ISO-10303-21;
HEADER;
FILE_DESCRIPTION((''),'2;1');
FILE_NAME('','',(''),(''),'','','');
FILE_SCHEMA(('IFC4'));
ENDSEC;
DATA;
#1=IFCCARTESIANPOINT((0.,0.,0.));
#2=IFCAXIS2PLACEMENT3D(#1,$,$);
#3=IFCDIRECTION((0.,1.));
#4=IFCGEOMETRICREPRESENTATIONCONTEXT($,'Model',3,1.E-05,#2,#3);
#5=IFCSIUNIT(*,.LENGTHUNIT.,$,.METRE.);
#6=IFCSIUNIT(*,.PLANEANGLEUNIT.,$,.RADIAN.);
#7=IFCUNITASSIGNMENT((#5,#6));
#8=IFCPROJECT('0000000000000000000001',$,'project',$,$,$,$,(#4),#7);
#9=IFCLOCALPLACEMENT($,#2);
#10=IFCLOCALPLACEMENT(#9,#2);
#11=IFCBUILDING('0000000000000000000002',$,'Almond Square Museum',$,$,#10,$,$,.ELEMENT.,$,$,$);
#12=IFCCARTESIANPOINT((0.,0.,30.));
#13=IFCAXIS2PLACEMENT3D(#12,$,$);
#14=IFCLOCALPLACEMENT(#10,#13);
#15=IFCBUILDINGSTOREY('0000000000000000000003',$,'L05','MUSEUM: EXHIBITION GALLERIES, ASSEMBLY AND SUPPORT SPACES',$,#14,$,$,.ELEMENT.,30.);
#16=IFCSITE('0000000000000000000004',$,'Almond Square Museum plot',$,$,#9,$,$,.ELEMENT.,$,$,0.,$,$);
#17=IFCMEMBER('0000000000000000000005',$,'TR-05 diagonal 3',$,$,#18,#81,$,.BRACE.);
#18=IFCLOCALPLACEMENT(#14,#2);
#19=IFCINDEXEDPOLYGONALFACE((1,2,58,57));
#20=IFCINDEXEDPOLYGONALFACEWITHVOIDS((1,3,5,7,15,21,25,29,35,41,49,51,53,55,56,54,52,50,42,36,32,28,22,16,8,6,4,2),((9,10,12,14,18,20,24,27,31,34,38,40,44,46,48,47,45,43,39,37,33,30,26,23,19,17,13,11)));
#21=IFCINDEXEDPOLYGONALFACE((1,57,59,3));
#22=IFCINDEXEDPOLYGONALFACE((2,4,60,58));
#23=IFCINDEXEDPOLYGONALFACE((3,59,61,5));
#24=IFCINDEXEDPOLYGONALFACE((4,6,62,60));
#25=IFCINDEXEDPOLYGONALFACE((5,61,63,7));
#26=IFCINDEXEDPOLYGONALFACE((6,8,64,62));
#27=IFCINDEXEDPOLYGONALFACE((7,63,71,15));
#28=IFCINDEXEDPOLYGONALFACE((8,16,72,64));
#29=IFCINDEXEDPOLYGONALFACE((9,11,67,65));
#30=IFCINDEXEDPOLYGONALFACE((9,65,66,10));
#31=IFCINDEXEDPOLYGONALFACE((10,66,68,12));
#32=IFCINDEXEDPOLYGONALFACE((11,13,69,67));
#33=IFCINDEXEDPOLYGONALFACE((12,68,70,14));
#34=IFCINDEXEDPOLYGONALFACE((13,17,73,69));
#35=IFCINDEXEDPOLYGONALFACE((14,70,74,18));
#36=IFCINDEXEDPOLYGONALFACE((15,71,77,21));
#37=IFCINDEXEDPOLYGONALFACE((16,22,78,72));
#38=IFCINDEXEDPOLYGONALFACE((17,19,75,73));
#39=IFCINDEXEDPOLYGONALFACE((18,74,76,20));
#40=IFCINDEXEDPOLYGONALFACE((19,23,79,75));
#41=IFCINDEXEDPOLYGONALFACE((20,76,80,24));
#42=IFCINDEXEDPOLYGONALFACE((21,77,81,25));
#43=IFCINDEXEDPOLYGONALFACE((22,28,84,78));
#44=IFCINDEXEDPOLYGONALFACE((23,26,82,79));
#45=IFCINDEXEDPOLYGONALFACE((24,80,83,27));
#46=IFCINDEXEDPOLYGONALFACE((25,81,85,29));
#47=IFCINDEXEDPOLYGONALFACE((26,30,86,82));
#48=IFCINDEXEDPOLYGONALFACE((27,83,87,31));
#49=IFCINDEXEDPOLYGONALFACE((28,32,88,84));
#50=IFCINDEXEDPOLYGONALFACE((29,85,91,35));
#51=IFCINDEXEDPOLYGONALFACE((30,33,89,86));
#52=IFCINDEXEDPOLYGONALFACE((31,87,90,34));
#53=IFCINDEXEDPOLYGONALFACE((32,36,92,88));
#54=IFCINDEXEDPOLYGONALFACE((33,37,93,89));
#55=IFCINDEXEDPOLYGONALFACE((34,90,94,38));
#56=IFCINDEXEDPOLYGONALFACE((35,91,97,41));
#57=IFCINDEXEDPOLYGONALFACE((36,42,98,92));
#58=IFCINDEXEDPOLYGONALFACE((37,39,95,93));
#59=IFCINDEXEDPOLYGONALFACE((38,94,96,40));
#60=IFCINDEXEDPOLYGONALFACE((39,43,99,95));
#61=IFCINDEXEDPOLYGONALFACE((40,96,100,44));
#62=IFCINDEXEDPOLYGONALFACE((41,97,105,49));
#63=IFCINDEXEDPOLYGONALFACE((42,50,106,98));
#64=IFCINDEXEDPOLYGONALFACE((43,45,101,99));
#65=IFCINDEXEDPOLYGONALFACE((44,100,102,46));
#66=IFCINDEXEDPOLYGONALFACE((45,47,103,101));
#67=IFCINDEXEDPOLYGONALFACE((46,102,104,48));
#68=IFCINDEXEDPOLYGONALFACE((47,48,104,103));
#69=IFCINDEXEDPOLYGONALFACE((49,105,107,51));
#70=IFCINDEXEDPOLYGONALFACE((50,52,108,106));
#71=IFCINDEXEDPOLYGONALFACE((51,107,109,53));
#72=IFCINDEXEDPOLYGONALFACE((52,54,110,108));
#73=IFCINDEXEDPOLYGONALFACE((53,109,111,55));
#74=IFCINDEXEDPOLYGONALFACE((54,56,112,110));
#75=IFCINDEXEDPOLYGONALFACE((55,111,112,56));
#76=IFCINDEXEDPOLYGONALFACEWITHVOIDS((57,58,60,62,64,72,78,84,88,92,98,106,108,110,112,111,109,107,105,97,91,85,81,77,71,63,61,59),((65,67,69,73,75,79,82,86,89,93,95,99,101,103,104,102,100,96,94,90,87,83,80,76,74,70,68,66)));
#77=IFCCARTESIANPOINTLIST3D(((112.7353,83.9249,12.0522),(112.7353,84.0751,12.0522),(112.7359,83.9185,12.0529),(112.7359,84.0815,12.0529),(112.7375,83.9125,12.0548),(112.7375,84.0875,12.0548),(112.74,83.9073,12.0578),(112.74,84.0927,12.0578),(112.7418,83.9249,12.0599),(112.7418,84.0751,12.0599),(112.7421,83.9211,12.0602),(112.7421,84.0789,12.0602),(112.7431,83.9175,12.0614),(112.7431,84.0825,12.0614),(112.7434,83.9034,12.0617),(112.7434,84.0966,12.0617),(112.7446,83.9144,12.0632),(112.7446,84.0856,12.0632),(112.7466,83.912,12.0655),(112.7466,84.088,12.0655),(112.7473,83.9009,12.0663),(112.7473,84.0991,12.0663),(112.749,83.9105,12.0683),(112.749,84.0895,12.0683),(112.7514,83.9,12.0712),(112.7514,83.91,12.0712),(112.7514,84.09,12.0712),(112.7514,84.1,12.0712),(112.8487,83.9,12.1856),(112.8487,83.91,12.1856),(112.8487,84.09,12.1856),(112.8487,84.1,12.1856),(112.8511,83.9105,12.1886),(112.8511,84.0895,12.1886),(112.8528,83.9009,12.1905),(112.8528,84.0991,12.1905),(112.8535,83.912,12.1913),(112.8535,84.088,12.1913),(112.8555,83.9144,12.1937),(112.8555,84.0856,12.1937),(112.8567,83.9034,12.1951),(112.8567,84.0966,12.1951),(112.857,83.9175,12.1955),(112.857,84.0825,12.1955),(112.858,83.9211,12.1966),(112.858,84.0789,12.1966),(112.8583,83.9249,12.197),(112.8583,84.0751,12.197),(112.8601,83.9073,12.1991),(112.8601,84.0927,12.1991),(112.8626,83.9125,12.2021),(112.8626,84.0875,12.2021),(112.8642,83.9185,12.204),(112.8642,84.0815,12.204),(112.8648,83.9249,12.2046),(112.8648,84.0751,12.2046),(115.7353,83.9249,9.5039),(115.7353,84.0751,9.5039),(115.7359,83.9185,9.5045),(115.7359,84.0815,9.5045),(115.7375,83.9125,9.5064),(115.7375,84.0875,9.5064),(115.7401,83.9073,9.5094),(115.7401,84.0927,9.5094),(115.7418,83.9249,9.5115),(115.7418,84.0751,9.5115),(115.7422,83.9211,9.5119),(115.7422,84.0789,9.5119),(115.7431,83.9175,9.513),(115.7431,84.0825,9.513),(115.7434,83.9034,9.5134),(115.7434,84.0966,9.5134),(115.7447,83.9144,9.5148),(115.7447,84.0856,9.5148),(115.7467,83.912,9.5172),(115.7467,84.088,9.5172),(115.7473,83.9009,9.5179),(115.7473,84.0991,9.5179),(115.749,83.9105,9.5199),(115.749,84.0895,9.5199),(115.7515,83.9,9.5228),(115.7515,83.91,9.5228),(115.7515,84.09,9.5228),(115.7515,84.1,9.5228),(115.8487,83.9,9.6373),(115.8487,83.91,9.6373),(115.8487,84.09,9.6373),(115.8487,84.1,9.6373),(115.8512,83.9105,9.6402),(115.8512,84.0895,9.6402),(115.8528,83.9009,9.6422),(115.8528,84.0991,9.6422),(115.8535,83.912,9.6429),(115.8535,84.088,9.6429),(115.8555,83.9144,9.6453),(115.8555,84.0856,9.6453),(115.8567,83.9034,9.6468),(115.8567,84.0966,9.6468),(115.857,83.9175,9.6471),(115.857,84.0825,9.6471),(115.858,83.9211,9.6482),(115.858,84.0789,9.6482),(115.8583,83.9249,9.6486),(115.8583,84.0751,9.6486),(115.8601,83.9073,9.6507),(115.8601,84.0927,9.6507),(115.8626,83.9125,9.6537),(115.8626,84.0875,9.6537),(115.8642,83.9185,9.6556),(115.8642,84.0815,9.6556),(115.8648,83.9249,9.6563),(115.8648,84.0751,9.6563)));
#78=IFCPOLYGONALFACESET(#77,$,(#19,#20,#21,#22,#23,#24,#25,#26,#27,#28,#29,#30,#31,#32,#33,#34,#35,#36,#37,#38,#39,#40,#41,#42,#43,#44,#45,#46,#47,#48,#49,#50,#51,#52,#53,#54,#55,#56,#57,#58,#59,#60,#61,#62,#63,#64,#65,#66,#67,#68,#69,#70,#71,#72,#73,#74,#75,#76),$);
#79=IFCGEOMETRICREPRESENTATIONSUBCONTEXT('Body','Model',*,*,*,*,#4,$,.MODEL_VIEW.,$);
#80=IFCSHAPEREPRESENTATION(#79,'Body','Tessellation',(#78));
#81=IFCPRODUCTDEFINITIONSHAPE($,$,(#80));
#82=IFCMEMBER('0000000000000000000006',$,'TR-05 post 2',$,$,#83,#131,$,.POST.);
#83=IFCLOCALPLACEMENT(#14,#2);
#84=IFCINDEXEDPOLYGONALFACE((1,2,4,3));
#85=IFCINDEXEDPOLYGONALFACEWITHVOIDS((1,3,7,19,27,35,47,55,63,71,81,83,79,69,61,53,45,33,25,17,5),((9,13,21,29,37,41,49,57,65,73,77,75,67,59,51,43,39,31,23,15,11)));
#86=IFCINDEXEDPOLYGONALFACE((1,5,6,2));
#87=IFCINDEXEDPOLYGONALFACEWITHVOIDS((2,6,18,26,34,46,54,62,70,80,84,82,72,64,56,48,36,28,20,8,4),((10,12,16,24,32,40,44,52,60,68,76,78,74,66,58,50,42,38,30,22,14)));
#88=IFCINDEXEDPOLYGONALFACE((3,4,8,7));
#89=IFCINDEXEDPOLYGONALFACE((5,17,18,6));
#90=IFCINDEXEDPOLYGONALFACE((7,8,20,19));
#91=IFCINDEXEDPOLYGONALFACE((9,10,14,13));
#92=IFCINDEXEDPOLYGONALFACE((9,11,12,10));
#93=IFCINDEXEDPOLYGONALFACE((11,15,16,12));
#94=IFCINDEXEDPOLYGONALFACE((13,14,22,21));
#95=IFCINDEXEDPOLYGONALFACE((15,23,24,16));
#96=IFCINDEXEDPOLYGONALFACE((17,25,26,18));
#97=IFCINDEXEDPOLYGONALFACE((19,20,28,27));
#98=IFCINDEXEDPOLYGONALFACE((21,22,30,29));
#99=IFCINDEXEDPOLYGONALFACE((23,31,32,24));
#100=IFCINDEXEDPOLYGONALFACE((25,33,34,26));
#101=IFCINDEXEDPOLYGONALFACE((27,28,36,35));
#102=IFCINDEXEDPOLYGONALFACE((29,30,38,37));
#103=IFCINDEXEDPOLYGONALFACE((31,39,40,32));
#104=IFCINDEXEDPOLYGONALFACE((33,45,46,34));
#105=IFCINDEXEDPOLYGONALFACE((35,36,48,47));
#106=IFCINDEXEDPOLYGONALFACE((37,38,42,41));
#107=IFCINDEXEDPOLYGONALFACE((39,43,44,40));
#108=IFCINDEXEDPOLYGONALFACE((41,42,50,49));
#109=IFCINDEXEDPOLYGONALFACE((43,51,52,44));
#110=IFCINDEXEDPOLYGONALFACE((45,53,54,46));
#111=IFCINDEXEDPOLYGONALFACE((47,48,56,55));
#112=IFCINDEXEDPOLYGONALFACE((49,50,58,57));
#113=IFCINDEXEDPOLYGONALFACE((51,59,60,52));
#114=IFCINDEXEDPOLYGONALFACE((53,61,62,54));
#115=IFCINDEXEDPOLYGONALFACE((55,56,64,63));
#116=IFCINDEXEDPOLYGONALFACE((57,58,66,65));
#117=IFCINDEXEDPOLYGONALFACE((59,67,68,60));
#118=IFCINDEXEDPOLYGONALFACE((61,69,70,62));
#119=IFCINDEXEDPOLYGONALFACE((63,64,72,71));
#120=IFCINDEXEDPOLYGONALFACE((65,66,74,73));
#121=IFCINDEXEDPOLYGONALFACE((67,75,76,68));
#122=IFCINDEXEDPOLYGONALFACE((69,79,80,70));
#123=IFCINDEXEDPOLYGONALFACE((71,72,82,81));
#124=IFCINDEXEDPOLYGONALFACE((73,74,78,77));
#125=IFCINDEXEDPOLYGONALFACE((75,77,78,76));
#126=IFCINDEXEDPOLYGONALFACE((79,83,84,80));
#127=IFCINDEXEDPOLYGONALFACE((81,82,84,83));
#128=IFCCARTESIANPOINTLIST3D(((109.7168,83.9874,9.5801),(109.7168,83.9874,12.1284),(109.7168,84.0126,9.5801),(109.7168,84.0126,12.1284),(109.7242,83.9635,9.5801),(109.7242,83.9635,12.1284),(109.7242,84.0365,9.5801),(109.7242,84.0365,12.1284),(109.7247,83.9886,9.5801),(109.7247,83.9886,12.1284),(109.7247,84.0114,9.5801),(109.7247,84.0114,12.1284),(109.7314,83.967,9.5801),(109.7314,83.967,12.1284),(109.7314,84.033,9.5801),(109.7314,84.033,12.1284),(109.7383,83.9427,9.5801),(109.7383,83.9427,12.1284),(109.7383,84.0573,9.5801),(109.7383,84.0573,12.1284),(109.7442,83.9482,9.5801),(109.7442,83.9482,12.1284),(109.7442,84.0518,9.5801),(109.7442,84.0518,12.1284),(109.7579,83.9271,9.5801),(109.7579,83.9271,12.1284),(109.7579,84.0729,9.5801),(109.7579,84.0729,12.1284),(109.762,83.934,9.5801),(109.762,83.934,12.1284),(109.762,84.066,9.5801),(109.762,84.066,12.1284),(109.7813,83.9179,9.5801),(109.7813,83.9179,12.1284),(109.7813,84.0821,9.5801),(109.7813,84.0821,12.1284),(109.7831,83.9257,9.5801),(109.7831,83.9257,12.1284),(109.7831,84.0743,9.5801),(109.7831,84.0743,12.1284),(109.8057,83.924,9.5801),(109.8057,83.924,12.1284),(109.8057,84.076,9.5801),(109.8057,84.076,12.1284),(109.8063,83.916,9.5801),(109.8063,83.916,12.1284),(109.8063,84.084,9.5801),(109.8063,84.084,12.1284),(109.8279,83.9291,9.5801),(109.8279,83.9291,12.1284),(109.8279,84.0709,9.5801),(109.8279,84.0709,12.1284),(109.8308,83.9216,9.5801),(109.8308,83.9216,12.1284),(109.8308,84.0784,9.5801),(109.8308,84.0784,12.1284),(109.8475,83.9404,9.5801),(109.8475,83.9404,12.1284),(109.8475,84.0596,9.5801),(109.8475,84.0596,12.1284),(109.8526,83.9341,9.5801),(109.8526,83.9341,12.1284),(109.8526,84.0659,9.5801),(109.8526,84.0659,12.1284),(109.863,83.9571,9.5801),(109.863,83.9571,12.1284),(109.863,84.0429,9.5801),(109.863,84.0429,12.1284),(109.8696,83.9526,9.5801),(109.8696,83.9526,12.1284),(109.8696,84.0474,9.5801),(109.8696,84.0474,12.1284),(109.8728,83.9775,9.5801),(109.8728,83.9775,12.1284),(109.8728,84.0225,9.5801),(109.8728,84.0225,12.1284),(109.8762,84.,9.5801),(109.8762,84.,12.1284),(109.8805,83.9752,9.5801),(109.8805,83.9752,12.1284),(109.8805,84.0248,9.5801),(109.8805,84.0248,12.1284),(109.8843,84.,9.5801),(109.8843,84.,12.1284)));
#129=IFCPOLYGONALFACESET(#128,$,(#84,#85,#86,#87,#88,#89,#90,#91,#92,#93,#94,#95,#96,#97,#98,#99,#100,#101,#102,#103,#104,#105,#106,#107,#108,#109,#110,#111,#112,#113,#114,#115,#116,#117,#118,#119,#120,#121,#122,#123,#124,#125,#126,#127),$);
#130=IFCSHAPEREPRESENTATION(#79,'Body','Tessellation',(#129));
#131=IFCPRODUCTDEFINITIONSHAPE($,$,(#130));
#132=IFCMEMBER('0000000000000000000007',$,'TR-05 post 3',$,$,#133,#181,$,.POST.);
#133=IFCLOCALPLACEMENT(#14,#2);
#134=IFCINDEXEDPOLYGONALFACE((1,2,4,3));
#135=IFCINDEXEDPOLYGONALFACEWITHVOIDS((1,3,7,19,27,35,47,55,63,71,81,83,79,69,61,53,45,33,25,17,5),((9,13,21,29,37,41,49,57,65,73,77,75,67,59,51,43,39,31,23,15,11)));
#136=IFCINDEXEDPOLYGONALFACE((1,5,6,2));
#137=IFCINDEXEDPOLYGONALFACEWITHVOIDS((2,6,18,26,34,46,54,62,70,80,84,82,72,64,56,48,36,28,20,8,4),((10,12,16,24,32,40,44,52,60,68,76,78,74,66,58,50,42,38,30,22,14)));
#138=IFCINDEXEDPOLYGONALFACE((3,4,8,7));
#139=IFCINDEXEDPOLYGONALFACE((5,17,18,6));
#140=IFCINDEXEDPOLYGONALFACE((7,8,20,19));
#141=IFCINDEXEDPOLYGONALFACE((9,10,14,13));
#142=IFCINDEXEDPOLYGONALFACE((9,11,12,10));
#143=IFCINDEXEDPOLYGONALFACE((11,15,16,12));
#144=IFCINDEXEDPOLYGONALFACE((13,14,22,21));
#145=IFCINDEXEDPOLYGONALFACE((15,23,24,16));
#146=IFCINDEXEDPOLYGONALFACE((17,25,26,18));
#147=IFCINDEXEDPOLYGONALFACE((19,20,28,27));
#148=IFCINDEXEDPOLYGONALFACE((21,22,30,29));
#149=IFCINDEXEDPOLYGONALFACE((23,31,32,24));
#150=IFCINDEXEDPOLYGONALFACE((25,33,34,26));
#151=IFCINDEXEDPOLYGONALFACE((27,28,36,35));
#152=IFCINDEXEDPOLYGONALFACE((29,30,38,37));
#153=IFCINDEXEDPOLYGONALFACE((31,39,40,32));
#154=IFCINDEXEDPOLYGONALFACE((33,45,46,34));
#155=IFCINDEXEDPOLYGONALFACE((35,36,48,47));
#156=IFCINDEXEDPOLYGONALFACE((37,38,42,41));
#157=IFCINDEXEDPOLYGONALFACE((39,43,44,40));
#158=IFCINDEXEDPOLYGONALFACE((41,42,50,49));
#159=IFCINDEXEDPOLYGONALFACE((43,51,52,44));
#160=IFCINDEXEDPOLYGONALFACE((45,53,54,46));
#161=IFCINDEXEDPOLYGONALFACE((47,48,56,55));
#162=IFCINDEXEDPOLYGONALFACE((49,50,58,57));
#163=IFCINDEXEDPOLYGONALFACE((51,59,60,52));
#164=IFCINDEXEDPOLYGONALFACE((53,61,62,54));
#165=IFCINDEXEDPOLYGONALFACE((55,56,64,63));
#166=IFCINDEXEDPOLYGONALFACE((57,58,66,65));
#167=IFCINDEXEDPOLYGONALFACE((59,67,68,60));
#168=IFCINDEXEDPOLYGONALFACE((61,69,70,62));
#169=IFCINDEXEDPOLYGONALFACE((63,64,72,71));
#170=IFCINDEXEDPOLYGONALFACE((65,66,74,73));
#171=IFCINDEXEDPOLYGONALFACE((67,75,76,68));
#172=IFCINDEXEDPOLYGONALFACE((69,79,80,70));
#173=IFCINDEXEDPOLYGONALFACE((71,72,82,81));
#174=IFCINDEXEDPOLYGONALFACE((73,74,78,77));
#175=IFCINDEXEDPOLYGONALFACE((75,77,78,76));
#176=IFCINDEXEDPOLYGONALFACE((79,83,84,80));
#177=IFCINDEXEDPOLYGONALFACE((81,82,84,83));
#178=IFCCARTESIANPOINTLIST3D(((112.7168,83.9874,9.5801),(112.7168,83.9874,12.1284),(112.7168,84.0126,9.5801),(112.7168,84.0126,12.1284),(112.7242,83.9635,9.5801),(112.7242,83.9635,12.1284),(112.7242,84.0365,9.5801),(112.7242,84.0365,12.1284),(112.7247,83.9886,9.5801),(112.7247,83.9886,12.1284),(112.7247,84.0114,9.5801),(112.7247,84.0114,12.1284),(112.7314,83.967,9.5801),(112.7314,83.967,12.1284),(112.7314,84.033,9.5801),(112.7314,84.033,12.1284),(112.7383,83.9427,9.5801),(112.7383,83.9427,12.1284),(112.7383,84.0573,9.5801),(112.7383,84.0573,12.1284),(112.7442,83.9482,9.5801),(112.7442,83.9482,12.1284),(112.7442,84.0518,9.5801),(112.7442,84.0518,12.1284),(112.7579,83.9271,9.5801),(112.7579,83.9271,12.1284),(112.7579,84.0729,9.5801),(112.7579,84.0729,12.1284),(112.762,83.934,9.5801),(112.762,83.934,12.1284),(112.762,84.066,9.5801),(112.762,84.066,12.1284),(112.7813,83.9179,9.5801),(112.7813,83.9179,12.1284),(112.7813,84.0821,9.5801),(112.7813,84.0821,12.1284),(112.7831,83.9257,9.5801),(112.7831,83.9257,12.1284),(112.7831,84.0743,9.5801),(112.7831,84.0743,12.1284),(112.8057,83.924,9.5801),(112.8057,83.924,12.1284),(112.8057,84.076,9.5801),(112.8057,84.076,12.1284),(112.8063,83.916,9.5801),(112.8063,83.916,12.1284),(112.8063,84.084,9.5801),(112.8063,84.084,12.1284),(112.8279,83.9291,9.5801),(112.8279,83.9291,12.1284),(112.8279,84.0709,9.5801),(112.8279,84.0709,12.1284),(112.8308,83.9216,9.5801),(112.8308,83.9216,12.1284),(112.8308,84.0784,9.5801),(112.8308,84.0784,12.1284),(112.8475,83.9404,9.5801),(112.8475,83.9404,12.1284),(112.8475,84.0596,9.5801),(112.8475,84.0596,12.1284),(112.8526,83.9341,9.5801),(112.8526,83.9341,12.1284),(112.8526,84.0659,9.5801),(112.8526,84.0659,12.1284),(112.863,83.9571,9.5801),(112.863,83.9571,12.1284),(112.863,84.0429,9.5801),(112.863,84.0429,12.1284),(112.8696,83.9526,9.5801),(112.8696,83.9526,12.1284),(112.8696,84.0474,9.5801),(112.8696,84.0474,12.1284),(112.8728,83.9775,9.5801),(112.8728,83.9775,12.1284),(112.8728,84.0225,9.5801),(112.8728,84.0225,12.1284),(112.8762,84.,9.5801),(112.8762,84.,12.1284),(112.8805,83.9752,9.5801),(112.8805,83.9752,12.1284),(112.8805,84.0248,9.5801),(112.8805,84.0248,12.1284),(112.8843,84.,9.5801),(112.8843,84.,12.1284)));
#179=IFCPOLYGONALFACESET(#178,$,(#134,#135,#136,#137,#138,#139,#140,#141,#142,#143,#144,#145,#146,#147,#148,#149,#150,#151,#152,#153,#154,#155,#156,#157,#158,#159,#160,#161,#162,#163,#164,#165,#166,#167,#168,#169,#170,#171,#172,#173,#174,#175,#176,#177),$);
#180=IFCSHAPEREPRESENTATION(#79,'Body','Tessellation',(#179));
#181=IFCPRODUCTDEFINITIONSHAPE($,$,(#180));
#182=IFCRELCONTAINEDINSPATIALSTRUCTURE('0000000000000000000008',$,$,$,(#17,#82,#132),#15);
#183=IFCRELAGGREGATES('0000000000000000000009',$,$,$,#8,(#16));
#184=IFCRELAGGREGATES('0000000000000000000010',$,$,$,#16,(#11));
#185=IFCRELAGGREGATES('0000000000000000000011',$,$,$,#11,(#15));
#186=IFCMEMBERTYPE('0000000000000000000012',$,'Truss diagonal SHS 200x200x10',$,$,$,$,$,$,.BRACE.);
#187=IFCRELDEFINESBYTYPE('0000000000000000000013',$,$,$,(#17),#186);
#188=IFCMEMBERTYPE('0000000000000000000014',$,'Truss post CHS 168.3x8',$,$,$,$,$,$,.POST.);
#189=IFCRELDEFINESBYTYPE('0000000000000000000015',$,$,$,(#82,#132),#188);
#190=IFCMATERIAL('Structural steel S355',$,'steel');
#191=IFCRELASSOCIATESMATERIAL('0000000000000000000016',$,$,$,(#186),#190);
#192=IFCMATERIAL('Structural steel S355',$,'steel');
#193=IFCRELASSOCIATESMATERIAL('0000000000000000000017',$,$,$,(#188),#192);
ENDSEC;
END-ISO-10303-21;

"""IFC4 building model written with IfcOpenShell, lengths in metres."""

from ifc_helpers import new_model, si_unit, direction, frame, origin, origin_2d, place, context, subcontext, project, spatial, hollow_rectangle, hollow_circle, extrude, material, material_profile, profile_set, type_object, element, save


model = new_model("IFC4")

# Units and contexts
model_context = context("Model", 3, precision=1e-05, world=origin(), true_north=direction((0.0, 1.0)))
body_context = subcontext(model_context, "Body", "Model", "MODEL_VIEW")
ifc_project = project(units=[si_unit("LENGTHUNIT", "METRE"), si_unit("PLANEANGLEUNIT", "RADIAN")], contexts=[model_context])

# Site, building, storey
site_placement = place(None, origin())
site = spatial("IfcSite", under=ifc_project, at=site_placement, Name="Almond Square Museum plot", CompositionType="ELEMENT", RefElevation=0.0)
building_placement = place(site_placement, origin())
building = spatial("IfcBuilding", under=site, at=building_placement, Name="Almond Square Museum", CompositionType="ELEMENT")
storey_placement = place(building_placement, frame((0.0, 0.0, 30.0)))
storey = spatial("IfcBuildingStorey", under=building, at=storey_placement, Name="L05", Description="MUSEUM: EXHIBITION GALLERIES, ASSEMBLY AND SUPPORT SPACES", CompositionType="ELEMENT", Elevation=30.0)

# Members
ifc_material_1 = material(Name="Structural steel S355", Category="steel")
ifc_material_profile_1 = material_profile(ifc_material_1, hollow_rectangle(XDim=0.2, YDim=0.2, WallThickness=0.01, InnerFilletRadius=0.0149, OuterFilletRadius=0.0249, at=origin_2d()))
ifc_profile_set_1 = profile_set([ifc_material_profile_1], Name="Structural steel S355")
member_type_1 = type_object("IfcMemberType", Name="Truss diagonal SHS 200x200x10", PredefinedType="BRACE", material=ifc_profile_set_1)
for number, where, z_axis, x_axis, name in (
    (1, (112.8, 84.0, 12.1284), (0.762147, 0.0, -0.647404), (0.0, 1.0, 0.0), "TR-05 diagonal 3"),
):
    element("IfcMember", number, at=place(storey_placement, frame(where, z_axis=z_axis, x_axis=x_axis)), inside=storey, type_object=member_type_1, Name=name, PredefinedType="BRACE", context=body_context, shape_type="SweptSolid", body=[
        extrude(hollow_rectangle(XDim=0.2, YDim=0.2, WallThickness=0.01, InnerFilletRadius=0.0149, OuterFilletRadius=0.0249, at=origin_2d()), origin(), (0.0, 0.0, 1.0), 3.9363),
    ])
ifc_material_2 = material(Name="Structural steel S355", Category="steel")
ifc_material_profile_2 = material_profile(ifc_material_2, hollow_circle(Radius=0.0842, WallThickness=0.0081, at=origin_2d()))
ifc_profile_set_2 = profile_set([ifc_material_profile_2], Name="Structural steel S355")
member_type_2 = type_object("IfcMemberType", Name="Truss post CHS 168.3x8", PredefinedType="POST", material=ifc_profile_set_2)
for number, where, z_axis, x_axis, name in (
    (2, (109.8, 84.0, 9.5801), (0.0, 0.0, 1.0), (1.0, 0.0, 0.0), "TR-05 post 2"),
    (3, (112.8, 84.0, 9.5801), (0.0, 0.0, 1.0), (1.0, 0.0, 0.0), "TR-05 post 3"),
):
    element("IfcMember", number, at=place(storey_placement, frame(where, z_axis=z_axis, x_axis=x_axis)), inside=storey, type_object=member_type_2, Name=name, PredefinedType="POST", context=body_context, shape_type="SweptSolid", body=[
        extrude(hollow_circle(Radius=0.0842, WallThickness=0.0081, at=origin_2d()), origin(), (0.0, 0.0, 1.0), 2.5483),
    ])

save(model, "model.ifc")
